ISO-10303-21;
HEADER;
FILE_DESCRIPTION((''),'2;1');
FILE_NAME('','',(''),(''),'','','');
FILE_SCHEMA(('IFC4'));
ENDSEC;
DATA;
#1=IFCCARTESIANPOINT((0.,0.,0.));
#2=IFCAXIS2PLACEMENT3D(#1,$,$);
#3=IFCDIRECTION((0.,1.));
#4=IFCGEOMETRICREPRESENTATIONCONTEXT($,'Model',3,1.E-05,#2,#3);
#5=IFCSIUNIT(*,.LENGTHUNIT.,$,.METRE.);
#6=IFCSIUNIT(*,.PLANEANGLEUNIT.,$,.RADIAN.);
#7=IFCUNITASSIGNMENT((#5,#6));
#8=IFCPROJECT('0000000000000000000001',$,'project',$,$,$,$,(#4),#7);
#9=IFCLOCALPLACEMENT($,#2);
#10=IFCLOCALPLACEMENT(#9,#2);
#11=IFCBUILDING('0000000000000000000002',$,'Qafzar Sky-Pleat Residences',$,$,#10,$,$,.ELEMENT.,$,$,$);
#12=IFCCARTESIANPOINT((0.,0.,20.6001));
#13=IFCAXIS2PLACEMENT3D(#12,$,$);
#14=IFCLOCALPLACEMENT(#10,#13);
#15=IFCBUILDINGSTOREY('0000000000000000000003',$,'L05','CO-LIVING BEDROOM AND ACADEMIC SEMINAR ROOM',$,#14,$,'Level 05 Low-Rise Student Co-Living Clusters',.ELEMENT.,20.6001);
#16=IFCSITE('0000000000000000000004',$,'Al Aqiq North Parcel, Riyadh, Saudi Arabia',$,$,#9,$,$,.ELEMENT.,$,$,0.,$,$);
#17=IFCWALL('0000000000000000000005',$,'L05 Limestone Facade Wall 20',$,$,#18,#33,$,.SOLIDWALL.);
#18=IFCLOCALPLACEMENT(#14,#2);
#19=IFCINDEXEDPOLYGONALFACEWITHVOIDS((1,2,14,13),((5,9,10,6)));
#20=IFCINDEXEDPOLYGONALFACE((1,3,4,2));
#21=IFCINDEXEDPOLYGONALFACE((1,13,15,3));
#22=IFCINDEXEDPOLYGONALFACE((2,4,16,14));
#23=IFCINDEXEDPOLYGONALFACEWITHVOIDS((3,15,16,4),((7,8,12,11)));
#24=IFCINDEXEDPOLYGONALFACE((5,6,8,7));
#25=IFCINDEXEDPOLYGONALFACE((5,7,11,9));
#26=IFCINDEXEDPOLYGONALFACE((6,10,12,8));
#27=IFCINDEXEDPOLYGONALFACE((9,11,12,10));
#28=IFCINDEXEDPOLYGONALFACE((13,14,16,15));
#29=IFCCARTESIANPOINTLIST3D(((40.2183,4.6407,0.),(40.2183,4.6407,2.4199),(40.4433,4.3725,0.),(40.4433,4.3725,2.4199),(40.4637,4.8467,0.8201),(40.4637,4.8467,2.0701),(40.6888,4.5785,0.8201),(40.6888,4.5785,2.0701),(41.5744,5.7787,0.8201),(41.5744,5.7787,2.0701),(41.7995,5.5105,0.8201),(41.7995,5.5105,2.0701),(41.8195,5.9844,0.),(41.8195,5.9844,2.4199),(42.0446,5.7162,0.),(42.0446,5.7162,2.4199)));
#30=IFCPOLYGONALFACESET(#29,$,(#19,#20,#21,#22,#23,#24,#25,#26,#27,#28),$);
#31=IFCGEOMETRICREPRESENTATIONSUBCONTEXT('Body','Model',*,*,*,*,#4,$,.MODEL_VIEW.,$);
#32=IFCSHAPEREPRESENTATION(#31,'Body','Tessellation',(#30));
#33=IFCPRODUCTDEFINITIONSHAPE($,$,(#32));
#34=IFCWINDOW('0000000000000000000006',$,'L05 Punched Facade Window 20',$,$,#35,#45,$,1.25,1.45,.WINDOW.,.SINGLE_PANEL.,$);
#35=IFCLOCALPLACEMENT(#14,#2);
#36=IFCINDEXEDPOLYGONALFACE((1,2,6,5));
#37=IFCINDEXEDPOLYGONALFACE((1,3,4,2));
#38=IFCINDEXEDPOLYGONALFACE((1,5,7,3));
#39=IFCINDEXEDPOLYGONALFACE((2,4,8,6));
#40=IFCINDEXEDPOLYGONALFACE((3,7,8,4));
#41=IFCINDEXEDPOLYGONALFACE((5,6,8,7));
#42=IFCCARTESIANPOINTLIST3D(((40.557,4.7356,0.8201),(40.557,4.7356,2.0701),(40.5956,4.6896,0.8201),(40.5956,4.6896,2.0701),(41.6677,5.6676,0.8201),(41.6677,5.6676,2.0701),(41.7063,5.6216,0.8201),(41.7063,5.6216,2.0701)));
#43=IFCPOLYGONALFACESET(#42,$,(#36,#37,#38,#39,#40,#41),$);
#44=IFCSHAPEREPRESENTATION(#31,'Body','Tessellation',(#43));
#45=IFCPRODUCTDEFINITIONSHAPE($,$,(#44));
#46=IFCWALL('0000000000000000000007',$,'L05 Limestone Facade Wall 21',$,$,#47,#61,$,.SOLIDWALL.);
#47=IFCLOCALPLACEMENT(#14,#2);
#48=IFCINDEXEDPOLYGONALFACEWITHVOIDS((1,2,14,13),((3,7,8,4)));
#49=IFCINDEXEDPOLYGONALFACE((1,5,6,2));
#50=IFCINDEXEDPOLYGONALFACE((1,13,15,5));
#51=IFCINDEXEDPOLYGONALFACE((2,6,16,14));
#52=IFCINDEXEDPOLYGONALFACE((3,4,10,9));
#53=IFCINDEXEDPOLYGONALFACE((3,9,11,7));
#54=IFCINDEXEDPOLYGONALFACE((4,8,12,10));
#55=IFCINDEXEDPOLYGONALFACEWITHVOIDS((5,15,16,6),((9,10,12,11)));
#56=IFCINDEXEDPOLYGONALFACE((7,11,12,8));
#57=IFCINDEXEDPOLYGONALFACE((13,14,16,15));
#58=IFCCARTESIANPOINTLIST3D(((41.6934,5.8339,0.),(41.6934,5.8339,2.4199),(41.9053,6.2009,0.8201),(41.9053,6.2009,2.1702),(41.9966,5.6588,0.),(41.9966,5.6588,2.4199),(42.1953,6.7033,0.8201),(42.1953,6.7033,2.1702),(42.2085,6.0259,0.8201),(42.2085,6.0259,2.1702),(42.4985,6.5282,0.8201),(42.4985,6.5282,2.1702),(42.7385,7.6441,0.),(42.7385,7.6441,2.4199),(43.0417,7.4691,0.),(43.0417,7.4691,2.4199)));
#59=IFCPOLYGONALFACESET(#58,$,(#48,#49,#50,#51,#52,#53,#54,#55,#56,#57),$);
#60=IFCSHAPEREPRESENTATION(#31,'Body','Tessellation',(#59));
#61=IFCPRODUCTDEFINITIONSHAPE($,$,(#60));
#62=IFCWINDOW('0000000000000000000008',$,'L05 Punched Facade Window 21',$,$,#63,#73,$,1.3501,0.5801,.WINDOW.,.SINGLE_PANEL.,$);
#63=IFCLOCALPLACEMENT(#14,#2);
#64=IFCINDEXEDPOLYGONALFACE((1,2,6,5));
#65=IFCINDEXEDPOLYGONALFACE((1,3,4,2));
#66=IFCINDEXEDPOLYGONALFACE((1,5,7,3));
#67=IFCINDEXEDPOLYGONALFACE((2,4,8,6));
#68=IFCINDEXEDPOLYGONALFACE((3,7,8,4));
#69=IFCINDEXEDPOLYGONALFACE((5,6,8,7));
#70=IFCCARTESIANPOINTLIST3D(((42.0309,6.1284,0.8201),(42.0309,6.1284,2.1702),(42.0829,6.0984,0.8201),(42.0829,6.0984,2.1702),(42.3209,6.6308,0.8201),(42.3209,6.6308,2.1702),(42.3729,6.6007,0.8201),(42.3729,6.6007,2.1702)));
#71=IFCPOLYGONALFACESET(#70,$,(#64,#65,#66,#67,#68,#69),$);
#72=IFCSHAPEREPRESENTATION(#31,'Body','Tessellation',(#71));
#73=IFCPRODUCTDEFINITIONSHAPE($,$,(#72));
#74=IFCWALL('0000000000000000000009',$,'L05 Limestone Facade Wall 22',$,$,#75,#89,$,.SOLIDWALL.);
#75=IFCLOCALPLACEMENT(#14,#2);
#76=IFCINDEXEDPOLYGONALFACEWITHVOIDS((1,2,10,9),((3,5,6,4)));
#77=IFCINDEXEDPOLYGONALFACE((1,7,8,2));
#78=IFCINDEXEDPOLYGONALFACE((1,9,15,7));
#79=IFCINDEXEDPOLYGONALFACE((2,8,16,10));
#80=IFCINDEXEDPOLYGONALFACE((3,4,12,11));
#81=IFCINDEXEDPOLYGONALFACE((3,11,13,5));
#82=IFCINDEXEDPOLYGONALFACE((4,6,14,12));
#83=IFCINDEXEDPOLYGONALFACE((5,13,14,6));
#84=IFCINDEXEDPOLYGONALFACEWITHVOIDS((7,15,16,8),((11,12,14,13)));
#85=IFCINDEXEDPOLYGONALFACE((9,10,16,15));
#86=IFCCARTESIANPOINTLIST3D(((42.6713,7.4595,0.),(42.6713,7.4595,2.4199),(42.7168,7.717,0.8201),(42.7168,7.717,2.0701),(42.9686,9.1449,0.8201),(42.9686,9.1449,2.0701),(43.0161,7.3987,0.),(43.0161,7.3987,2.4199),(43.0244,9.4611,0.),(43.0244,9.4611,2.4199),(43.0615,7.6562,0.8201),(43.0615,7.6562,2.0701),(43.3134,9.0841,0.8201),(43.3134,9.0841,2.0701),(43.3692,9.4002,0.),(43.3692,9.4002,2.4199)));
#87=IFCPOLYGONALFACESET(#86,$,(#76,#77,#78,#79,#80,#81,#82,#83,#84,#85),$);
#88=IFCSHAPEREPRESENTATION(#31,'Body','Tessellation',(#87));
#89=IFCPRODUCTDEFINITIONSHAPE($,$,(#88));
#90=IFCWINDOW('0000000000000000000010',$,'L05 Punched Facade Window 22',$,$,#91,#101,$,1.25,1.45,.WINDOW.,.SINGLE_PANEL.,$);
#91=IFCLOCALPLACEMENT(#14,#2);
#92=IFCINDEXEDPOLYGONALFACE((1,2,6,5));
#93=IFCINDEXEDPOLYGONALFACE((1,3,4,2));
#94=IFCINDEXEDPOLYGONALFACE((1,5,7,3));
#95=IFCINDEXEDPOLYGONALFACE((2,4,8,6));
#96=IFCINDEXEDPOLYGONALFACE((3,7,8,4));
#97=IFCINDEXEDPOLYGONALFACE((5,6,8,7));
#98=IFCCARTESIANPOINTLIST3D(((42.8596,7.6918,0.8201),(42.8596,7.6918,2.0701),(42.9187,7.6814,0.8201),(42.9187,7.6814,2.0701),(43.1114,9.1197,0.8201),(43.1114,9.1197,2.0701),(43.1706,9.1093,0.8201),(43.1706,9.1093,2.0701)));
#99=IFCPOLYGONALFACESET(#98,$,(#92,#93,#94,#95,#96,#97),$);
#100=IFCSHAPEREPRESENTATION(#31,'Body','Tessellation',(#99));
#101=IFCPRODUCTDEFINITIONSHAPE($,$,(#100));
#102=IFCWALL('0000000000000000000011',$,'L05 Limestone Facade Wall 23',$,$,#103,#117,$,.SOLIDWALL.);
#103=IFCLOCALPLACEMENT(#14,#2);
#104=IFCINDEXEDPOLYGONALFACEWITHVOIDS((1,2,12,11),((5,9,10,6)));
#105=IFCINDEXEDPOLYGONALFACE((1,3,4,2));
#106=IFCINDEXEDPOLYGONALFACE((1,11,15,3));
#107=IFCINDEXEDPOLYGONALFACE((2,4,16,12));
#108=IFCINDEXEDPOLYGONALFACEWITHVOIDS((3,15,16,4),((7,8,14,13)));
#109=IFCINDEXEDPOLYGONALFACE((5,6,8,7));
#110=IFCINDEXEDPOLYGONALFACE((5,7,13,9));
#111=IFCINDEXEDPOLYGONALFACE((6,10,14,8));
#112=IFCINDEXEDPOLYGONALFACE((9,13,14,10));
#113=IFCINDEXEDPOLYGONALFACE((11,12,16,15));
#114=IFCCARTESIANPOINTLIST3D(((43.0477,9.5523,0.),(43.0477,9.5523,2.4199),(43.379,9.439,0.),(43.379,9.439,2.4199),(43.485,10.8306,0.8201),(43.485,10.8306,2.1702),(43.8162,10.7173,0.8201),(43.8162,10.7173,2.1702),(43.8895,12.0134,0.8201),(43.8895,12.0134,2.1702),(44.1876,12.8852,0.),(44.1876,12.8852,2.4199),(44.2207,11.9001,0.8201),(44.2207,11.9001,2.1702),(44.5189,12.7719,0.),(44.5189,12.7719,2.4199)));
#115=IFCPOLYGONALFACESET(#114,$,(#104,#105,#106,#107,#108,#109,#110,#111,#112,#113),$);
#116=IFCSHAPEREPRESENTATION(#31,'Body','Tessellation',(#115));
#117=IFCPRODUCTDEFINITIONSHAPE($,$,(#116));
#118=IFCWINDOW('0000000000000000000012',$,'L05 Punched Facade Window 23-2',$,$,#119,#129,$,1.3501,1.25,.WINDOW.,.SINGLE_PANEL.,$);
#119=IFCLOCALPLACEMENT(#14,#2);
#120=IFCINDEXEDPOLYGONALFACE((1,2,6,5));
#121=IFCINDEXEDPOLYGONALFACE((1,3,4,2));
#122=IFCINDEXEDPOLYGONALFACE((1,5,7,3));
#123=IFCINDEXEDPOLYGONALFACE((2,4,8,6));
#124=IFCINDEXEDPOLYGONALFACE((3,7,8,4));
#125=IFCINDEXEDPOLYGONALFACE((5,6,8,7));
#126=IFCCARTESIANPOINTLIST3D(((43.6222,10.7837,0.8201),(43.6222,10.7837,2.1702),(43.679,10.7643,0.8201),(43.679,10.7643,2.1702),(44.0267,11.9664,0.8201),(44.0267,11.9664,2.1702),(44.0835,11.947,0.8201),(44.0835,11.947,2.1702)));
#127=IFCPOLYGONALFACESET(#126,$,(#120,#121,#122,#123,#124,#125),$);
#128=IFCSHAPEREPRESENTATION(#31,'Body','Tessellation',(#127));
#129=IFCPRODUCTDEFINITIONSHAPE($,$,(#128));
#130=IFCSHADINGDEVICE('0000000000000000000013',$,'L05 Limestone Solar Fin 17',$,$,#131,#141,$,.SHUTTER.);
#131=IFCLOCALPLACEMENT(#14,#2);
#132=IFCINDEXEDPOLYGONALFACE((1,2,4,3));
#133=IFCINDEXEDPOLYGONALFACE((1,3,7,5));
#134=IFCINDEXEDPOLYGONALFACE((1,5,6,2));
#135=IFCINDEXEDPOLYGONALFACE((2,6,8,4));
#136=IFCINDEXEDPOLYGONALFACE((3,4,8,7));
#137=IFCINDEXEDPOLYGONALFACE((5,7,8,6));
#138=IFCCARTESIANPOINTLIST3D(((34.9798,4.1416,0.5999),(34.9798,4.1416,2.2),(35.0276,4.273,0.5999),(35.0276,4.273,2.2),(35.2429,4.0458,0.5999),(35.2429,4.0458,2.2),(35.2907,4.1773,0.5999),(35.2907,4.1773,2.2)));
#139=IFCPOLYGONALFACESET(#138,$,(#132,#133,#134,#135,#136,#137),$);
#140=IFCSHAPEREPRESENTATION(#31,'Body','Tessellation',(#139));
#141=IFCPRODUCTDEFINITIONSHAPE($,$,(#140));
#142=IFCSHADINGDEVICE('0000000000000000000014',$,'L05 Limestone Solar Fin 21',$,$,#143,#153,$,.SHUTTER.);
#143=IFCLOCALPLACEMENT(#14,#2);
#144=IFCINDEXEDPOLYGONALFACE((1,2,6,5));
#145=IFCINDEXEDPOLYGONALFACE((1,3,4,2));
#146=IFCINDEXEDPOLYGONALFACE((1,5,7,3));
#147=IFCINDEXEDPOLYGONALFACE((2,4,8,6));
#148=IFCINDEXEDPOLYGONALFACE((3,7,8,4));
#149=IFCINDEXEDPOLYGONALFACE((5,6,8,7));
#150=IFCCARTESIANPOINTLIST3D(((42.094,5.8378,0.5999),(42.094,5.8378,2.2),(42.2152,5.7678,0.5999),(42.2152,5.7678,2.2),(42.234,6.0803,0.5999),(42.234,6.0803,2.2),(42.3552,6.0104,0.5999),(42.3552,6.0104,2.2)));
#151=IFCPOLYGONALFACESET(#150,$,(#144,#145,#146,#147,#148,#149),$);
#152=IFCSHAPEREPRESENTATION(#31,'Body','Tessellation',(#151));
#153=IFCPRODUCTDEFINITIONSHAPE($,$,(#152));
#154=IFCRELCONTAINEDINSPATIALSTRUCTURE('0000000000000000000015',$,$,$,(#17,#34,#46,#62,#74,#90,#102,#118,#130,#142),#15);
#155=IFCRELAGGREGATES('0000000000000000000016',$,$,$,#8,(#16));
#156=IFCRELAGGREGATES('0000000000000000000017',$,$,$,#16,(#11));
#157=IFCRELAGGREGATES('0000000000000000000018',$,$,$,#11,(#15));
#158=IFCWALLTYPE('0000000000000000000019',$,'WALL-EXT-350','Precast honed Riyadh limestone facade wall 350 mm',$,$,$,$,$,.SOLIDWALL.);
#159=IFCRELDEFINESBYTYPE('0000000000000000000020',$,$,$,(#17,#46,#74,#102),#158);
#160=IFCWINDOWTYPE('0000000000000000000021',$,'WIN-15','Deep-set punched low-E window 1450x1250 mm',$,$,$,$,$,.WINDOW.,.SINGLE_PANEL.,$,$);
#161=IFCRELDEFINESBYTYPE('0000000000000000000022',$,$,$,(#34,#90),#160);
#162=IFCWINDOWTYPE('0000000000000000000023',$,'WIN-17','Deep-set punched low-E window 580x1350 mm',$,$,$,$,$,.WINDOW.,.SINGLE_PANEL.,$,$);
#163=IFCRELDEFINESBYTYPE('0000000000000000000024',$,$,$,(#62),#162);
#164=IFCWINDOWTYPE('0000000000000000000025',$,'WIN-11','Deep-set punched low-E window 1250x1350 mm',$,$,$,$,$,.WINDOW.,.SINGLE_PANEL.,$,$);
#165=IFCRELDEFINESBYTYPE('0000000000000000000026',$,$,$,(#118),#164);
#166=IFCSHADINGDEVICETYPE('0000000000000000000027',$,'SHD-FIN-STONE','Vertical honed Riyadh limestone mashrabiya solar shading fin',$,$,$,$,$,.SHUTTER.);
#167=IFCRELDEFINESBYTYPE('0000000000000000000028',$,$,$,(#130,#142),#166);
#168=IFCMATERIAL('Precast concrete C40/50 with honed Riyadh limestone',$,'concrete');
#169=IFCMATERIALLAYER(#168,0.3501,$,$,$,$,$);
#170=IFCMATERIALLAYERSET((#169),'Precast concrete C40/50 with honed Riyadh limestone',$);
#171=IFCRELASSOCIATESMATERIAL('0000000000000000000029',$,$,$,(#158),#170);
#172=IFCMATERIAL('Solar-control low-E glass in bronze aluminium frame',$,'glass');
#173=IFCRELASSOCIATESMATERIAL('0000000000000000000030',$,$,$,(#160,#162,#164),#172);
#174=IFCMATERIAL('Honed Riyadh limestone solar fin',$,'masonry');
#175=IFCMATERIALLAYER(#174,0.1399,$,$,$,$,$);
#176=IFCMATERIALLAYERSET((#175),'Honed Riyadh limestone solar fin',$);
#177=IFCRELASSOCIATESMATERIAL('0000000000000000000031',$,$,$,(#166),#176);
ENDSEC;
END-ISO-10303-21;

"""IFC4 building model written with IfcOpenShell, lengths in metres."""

from ifc_helpers import new_model, si_unit, direction, frame, frame_2d, origin, origin_2d, place, context, subcontext, project, spatial, rectangle, extrude, source, transform, mapped, material, layer, layer_set, type_object, element, fill, save


model = new_model("IFC4")

# Units and contexts
model_context = context("Model", 3, precision=1e-05, world=origin(), true_north=direction((0.0, 1.0)))
body_context = subcontext(model_context, "Body", "Model", "MODEL_VIEW")
ifc_project = project(units=[si_unit("LENGTHUNIT", "METRE"), si_unit("PLANEANGLEUNIT", "RADIAN")], contexts=[model_context])

# Site, building, storey
site_placement = place(None, origin())
site = spatial("IfcSite", under=ifc_project, at=site_placement, Name="Al Aqiq North Parcel, Riyadh, Saudi Arabia", CompositionType="ELEMENT", RefElevation=0.0)
building_placement = place(site_placement, origin())
building = spatial("IfcBuilding", under=site, at=building_placement, Name="Qafzar Sky-Pleat Residences", CompositionType="ELEMENT")
storey_placement = place(building_placement, frame((0.0, 0.0, 20.6001)))
storey = spatial("IfcBuildingStorey", under=building, at=storey_placement, Name="L05", Description="CO-LIVING BEDROOM AND ACADEMIC SEMINAR ROOM", LongName="Level 05 Low-Rise Student Co-Living Clusters", CompositionType="ELEMENT", Elevation=20.6001)

# Walls, openings, windows
ifc_material_1 = material(Name="Precast concrete C40/50 with honed Riyadh limestone", Category="concrete")
ifc_layer_1 = layer(ifc_material_1, 0.3501)
ifc_layer_set_1 = layer_set([ifc_layer_1], Name="Precast concrete C40/50 with honed Riyadh limestone")
wall_type_1 = type_object("IfcWallType", Name="WALL-EXT-350", Description="Precast honed Riyadh limestone facade wall 350 mm", PredefinedType="SOLIDWALL", material=ifc_layer_set_1)
ifc_material_2 = material(Name="Solar-control low-E glass in bronze aluminium frame", Category="glass")
window_type_1 = type_object("IfcWindowType", Name="WIN-15", Description="Deep-set punched low-E window 1450x1250 mm", PartitioningType="SINGLE_PANEL", PredefinedType="WINDOW", material=ifc_material_2)
shared_shape_1 = source(origin(), body_context, "Body", "SweptSolid", [
    extrude(rectangle(XDim=1.45, YDim=1.25, at=frame_2d((0.7251, 0.625))), frame((0.0, 0.03, 0.0), z_axis=(0.0, -1.0, 0.0), x_axis=(1.0, 0.0, 0.0)), (0.0, 0.0, 1.0), 0.0601),
])
wall_1_placement = place(storey_placement, frame((40.3308, 4.5066, 0.0), z_axis=(0.0, 0.0, 1.0), x_axis=(0.766025, 0.642811, 0.0)))
wall_1 = element("IfcWall", 1, at=wall_1_placement, inside=storey, type_object=wall_type_1, Name="L05 Limestone Facade Wall 20", PredefinedType="SOLIDWALL", context=body_context, shape_type="SweptSolid", body=[
    extrude(rectangle(XDim=2.0903, YDim=0.3501, at=frame_2d((1.0452, 0.0))), origin(), (0.0, 0.0, 1.0), 2.4199),
])
opening_1_placement = place(wall_1_placement, frame((0.3203, 0.0, 0.8201)))
opening_1 = element("IfcOpeningElement", 2, at=opening_1_placement, cuts=wall_1, PredefinedType="OPENING", context=body_context, shape_type="SweptSolid", body=[
    extrude(rectangle(XDim=1.45, YDim=1.25, at=frame_2d((0.7251, 0.625))), frame((0.0, 0.1851, 0.0), z_axis=(0.0, -1.0, 0.0), x_axis=(1.0, 0.0, 0.0)), (0.0, 0.0, 1.0), 0.3701),
])
window_1_placement = place(opening_1_placement, origin())
window_1 = element("IfcWindow", 3, at=window_1_placement, inside=storey, type_object=window_type_1, Name="L05 Punched Facade Window 20", OverallHeight=1.25, OverallWidth=1.45, PartitioningType="SINGLE_PANEL", PredefinedType="WINDOW", context=body_context, shape_type="MappedRepresentation", body=[
    mapped(shared_shape_1, transform((0.0, 0.0, 0.0), x_axis=(1.0, 0.0, 0.0), y_axis=(0.0, 1.0, 0.0), z_axis=(0.0, 0.0, 1.0), scale=1.0)),
])
fill(opening_1, window_1)
wall_2_placement = place(storey_placement, frame((41.845, 5.7463, 0.0), z_axis=(0.0, 0.0, 1.0), x_axis=(0.499995, 0.866028, 0.0)))
wall_2 = element("IfcWall", 4, at=wall_2_placement, inside=storey, type_object=wall_type_1, Name="L05 Limestone Facade Wall 21", PredefinedType="SOLIDWALL", context=body_context, shape_type="SweptSolid", body=[
    extrude(rectangle(XDim=2.0903, YDim=0.3501, at=frame_2d((1.0452, 0.0))), origin(), (0.0, 0.0, 1.0), 2.4199),
])
opening_2_placement = place(wall_2_placement, frame((0.4238, 0.0, 0.8201)))
opening_2 = element("IfcOpeningElement", 5, at=opening_2_placement, cuts=wall_2, PredefinedType="OPENING", context=body_context, shape_type="SweptSolid", body=[
    extrude(rectangle(XDim=0.5801, YDim=1.3501, at=frame_2d((0.29, 0.675))), frame((0.0, 0.1851, 0.0), z_axis=(0.0, -1.0, 0.0), x_axis=(1.0, 0.0, 0.0)), (0.0, 0.0, 1.0), 0.3701),
])
window_type_2 = type_object("IfcWindowType", Name="WIN-17", Description="Deep-set punched low-E window 580x1350 mm", PartitioningType="SINGLE_PANEL", PredefinedType="WINDOW", material=ifc_material_2)
shared_shape_2 = source(origin(), body_context, "Body", "SweptSolid", [
    extrude(rectangle(XDim=0.5801, YDim=1.3501, at=frame_2d((0.29, 0.675))), frame((0.0, 0.03, 0.0), z_axis=(0.0, -1.0, 0.0), x_axis=(1.0, 0.0, 0.0)), (0.0, 0.0, 1.0), 0.0601),
])
window_2_placement = place(opening_2_placement, origin())
window_2 = element("IfcWindow", 6, at=window_2_placement, inside=storey, type_object=window_type_2, Name="L05 Punched Facade Window 21", OverallHeight=1.3501, OverallWidth=0.5801, PartitioningType="SINGLE_PANEL", PredefinedType="WINDOW", context=body_context, shape_type="MappedRepresentation", body=[
    mapped(shared_shape_2, transform((0.0, 0.0, 0.0), x_axis=(1.0, 0.0, 0.0), y_axis=(0.0, 1.0, 0.0), z_axis=(0.0, 0.0, 1.0), scale=1.0)),
])
fill(opening_2, window_2)
wall_3_placement = place(storey_placement, frame((42.8438, 7.4292, 0.0), z_axis=(0.0, 0.0, 1.0), x_axis=(0.173703, 0.984798, 0.0)))
wall_3 = element("IfcWall", 7, at=wall_3_placement, inside=storey, type_object=wall_type_1, Name="L05 Limestone Facade Wall 22", PredefinedType="SOLIDWALL", context=body_context, shape_type="SweptSolid", body=[
    extrude(rectangle(XDim=2.0325, YDim=0.3501, at=frame_2d((1.0161, 0.0))), origin(), (0.0, 0.0, 1.0), 2.4199),
])
opening_3_placement = place(wall_3_placement, frame((0.2612, 0.0, 0.8201)))
opening_3 = element("IfcOpeningElement", 8, at=opening_3_placement, cuts=wall_3, PredefinedType="OPENING", context=body_context, shape_type="SweptSolid", body=[
    extrude(rectangle(XDim=1.45, YDim=1.25, at=frame_2d((0.7251, 0.625))), frame((0.0, 0.1851, 0.0), z_axis=(0.0, -1.0, 0.0), x_axis=(1.0, 0.0, 0.0)), (0.0, 0.0, 1.0), 0.3701),
])
window_3_placement = place(opening_3_placement, origin())
window_3 = element("IfcWindow", 9, at=window_3_placement, inside=storey, type_object=window_type_1, Name="L05 Punched Facade Window 22", OverallHeight=1.25, OverallWidth=1.45, PartitioningType="SINGLE_PANEL", PredefinedType="WINDOW", context=body_context, shape_type="MappedRepresentation", body=[
    mapped(shared_shape_1, transform((0.0, 0.0, 0.0), x_axis=(1.0, 0.0, 0.0), y_axis=(0.0, 1.0, 0.0), z_axis=(0.0, 0.0, 1.0), scale=1.0)),
])
fill(opening_3, window_3)
wall_4_placement = place(storey_placement, frame((43.2134, 9.4956, 0.0), z_axis=(0.0, 0.0, 1.0), x_axis=(0.3236, 0.946194, 0.0)))
wall_4 = element("IfcWall", 10, at=wall_4_placement, inside=storey, type_object=wall_type_1, Name="L05 Limestone Facade Wall 23", PredefinedType="SOLIDWALL", context=body_context, shape_type="SweptSolid", body=[
    extrude(rectangle(XDim=3.5225, YDim=0.3501, at=frame_2d((1.7612, 0.0))), origin(), (0.0, 0.0, 1.0), 2.4199),
])
opening_4_placement = place(wall_4_placement, frame((1.3511, 0.0, 0.8201)))
opening_4 = element("IfcOpeningElement", 11, at=opening_4_placement, cuts=wall_4, PredefinedType="OPENING", context=body_context, shape_type="SweptSolid", body=[
    extrude(rectangle(XDim=1.25, YDim=1.3501, at=frame_2d((0.625, 0.675))), frame((0.0, 0.1851, 0.0), z_axis=(0.0, -1.0, 0.0), x_axis=(1.0, 0.0, 0.0)), (0.0, 0.0, 1.0), 0.3701),
])
window_type_3 = type_object("IfcWindowType", Name="WIN-11", Description="Deep-set punched low-E window 1250x1350 mm", PartitioningType="SINGLE_PANEL", PredefinedType="WINDOW", material=ifc_material_2)
shared_shape_3 = source(origin(), body_context, "Body", "SweptSolid", [
    extrude(rectangle(XDim=1.25, YDim=1.3501, at=frame_2d((0.625, 0.675))), frame((0.0, 0.03, 0.0), z_axis=(0.0, -1.0, 0.0), x_axis=(1.0, 0.0, 0.0)), (0.0, 0.0, 1.0), 0.0601),
])
window_4_placement = place(opening_4_placement, origin())
window_4 = element("IfcWindow", 12, at=window_4_placement, inside=storey, type_object=window_type_3, Name="L05 Punched Facade Window 23-2", OverallHeight=1.3501, OverallWidth=1.25, PartitioningType="SINGLE_PANEL", PredefinedType="WINDOW", context=body_context, shape_type="MappedRepresentation", body=[
    mapped(shared_shape_3, transform((0.0, 0.0, 0.0), x_axis=(1.0, 0.0, 0.0), y_axis=(0.0, 1.0, 0.0), z_axis=(0.0, 0.0, 1.0), scale=1.0)),
])
fill(opening_4, window_4)

# Shading devices
ifc_material_3 = material(Name="Honed Riyadh limestone solar fin", Category="masonry")
ifc_layer_2 = layer(ifc_material_3, 0.1399)
ifc_layer_set_2 = layer_set([ifc_layer_2], Name="Honed Riyadh limestone solar fin")
shading_device_type = type_object("IfcShadingDeviceType", Name="SHD-FIN-STONE", Description="Vertical honed Riyadh limestone mashrabiya solar shading fin", PredefinedType="SHUTTER", material=ifc_layer_set_2)
shared_shape_4 = source(origin(), body_context, "Body", "SweptSolid", [
    extrude(rectangle(XDim=0.1399, YDim=0.28, at=origin_2d()), origin(), (0.0, 0.0, 1.0), 1.6001),
])
for number, where, z_axis, x_axis, name in (
    (13, (35.1353, 4.1594, 0.5999), (0.0, 0.0, 1.0), (-0.34201, -0.939696, 0.0), "L05 Limestone Solar Fin 17"),
    (14, (42.2246, 5.9241, 0.5999), (0.0, 0.0, 1.0), (0.866032, -0.499989, 0.0), "L05 Limestone Solar Fin 21"),
):
    element("IfcShadingDevice", number, at=place(storey_placement, frame(where, z_axis=z_axis, x_axis=x_axis)), inside=storey, type_object=shading_device_type, Name=name, PredefinedType="SHUTTER", context=body_context, shape_type="MappedRepresentation", body=[
        mapped(shared_shape_4, transform((0.0, 0.0, 0.0), x_axis=(1.0, 0.0, 0.0), y_axis=(0.0, 1.0, 0.0), z_axis=(0.0, 0.0, 1.0), scale=1.0)),
    ])

save(model, "model.ifc")
